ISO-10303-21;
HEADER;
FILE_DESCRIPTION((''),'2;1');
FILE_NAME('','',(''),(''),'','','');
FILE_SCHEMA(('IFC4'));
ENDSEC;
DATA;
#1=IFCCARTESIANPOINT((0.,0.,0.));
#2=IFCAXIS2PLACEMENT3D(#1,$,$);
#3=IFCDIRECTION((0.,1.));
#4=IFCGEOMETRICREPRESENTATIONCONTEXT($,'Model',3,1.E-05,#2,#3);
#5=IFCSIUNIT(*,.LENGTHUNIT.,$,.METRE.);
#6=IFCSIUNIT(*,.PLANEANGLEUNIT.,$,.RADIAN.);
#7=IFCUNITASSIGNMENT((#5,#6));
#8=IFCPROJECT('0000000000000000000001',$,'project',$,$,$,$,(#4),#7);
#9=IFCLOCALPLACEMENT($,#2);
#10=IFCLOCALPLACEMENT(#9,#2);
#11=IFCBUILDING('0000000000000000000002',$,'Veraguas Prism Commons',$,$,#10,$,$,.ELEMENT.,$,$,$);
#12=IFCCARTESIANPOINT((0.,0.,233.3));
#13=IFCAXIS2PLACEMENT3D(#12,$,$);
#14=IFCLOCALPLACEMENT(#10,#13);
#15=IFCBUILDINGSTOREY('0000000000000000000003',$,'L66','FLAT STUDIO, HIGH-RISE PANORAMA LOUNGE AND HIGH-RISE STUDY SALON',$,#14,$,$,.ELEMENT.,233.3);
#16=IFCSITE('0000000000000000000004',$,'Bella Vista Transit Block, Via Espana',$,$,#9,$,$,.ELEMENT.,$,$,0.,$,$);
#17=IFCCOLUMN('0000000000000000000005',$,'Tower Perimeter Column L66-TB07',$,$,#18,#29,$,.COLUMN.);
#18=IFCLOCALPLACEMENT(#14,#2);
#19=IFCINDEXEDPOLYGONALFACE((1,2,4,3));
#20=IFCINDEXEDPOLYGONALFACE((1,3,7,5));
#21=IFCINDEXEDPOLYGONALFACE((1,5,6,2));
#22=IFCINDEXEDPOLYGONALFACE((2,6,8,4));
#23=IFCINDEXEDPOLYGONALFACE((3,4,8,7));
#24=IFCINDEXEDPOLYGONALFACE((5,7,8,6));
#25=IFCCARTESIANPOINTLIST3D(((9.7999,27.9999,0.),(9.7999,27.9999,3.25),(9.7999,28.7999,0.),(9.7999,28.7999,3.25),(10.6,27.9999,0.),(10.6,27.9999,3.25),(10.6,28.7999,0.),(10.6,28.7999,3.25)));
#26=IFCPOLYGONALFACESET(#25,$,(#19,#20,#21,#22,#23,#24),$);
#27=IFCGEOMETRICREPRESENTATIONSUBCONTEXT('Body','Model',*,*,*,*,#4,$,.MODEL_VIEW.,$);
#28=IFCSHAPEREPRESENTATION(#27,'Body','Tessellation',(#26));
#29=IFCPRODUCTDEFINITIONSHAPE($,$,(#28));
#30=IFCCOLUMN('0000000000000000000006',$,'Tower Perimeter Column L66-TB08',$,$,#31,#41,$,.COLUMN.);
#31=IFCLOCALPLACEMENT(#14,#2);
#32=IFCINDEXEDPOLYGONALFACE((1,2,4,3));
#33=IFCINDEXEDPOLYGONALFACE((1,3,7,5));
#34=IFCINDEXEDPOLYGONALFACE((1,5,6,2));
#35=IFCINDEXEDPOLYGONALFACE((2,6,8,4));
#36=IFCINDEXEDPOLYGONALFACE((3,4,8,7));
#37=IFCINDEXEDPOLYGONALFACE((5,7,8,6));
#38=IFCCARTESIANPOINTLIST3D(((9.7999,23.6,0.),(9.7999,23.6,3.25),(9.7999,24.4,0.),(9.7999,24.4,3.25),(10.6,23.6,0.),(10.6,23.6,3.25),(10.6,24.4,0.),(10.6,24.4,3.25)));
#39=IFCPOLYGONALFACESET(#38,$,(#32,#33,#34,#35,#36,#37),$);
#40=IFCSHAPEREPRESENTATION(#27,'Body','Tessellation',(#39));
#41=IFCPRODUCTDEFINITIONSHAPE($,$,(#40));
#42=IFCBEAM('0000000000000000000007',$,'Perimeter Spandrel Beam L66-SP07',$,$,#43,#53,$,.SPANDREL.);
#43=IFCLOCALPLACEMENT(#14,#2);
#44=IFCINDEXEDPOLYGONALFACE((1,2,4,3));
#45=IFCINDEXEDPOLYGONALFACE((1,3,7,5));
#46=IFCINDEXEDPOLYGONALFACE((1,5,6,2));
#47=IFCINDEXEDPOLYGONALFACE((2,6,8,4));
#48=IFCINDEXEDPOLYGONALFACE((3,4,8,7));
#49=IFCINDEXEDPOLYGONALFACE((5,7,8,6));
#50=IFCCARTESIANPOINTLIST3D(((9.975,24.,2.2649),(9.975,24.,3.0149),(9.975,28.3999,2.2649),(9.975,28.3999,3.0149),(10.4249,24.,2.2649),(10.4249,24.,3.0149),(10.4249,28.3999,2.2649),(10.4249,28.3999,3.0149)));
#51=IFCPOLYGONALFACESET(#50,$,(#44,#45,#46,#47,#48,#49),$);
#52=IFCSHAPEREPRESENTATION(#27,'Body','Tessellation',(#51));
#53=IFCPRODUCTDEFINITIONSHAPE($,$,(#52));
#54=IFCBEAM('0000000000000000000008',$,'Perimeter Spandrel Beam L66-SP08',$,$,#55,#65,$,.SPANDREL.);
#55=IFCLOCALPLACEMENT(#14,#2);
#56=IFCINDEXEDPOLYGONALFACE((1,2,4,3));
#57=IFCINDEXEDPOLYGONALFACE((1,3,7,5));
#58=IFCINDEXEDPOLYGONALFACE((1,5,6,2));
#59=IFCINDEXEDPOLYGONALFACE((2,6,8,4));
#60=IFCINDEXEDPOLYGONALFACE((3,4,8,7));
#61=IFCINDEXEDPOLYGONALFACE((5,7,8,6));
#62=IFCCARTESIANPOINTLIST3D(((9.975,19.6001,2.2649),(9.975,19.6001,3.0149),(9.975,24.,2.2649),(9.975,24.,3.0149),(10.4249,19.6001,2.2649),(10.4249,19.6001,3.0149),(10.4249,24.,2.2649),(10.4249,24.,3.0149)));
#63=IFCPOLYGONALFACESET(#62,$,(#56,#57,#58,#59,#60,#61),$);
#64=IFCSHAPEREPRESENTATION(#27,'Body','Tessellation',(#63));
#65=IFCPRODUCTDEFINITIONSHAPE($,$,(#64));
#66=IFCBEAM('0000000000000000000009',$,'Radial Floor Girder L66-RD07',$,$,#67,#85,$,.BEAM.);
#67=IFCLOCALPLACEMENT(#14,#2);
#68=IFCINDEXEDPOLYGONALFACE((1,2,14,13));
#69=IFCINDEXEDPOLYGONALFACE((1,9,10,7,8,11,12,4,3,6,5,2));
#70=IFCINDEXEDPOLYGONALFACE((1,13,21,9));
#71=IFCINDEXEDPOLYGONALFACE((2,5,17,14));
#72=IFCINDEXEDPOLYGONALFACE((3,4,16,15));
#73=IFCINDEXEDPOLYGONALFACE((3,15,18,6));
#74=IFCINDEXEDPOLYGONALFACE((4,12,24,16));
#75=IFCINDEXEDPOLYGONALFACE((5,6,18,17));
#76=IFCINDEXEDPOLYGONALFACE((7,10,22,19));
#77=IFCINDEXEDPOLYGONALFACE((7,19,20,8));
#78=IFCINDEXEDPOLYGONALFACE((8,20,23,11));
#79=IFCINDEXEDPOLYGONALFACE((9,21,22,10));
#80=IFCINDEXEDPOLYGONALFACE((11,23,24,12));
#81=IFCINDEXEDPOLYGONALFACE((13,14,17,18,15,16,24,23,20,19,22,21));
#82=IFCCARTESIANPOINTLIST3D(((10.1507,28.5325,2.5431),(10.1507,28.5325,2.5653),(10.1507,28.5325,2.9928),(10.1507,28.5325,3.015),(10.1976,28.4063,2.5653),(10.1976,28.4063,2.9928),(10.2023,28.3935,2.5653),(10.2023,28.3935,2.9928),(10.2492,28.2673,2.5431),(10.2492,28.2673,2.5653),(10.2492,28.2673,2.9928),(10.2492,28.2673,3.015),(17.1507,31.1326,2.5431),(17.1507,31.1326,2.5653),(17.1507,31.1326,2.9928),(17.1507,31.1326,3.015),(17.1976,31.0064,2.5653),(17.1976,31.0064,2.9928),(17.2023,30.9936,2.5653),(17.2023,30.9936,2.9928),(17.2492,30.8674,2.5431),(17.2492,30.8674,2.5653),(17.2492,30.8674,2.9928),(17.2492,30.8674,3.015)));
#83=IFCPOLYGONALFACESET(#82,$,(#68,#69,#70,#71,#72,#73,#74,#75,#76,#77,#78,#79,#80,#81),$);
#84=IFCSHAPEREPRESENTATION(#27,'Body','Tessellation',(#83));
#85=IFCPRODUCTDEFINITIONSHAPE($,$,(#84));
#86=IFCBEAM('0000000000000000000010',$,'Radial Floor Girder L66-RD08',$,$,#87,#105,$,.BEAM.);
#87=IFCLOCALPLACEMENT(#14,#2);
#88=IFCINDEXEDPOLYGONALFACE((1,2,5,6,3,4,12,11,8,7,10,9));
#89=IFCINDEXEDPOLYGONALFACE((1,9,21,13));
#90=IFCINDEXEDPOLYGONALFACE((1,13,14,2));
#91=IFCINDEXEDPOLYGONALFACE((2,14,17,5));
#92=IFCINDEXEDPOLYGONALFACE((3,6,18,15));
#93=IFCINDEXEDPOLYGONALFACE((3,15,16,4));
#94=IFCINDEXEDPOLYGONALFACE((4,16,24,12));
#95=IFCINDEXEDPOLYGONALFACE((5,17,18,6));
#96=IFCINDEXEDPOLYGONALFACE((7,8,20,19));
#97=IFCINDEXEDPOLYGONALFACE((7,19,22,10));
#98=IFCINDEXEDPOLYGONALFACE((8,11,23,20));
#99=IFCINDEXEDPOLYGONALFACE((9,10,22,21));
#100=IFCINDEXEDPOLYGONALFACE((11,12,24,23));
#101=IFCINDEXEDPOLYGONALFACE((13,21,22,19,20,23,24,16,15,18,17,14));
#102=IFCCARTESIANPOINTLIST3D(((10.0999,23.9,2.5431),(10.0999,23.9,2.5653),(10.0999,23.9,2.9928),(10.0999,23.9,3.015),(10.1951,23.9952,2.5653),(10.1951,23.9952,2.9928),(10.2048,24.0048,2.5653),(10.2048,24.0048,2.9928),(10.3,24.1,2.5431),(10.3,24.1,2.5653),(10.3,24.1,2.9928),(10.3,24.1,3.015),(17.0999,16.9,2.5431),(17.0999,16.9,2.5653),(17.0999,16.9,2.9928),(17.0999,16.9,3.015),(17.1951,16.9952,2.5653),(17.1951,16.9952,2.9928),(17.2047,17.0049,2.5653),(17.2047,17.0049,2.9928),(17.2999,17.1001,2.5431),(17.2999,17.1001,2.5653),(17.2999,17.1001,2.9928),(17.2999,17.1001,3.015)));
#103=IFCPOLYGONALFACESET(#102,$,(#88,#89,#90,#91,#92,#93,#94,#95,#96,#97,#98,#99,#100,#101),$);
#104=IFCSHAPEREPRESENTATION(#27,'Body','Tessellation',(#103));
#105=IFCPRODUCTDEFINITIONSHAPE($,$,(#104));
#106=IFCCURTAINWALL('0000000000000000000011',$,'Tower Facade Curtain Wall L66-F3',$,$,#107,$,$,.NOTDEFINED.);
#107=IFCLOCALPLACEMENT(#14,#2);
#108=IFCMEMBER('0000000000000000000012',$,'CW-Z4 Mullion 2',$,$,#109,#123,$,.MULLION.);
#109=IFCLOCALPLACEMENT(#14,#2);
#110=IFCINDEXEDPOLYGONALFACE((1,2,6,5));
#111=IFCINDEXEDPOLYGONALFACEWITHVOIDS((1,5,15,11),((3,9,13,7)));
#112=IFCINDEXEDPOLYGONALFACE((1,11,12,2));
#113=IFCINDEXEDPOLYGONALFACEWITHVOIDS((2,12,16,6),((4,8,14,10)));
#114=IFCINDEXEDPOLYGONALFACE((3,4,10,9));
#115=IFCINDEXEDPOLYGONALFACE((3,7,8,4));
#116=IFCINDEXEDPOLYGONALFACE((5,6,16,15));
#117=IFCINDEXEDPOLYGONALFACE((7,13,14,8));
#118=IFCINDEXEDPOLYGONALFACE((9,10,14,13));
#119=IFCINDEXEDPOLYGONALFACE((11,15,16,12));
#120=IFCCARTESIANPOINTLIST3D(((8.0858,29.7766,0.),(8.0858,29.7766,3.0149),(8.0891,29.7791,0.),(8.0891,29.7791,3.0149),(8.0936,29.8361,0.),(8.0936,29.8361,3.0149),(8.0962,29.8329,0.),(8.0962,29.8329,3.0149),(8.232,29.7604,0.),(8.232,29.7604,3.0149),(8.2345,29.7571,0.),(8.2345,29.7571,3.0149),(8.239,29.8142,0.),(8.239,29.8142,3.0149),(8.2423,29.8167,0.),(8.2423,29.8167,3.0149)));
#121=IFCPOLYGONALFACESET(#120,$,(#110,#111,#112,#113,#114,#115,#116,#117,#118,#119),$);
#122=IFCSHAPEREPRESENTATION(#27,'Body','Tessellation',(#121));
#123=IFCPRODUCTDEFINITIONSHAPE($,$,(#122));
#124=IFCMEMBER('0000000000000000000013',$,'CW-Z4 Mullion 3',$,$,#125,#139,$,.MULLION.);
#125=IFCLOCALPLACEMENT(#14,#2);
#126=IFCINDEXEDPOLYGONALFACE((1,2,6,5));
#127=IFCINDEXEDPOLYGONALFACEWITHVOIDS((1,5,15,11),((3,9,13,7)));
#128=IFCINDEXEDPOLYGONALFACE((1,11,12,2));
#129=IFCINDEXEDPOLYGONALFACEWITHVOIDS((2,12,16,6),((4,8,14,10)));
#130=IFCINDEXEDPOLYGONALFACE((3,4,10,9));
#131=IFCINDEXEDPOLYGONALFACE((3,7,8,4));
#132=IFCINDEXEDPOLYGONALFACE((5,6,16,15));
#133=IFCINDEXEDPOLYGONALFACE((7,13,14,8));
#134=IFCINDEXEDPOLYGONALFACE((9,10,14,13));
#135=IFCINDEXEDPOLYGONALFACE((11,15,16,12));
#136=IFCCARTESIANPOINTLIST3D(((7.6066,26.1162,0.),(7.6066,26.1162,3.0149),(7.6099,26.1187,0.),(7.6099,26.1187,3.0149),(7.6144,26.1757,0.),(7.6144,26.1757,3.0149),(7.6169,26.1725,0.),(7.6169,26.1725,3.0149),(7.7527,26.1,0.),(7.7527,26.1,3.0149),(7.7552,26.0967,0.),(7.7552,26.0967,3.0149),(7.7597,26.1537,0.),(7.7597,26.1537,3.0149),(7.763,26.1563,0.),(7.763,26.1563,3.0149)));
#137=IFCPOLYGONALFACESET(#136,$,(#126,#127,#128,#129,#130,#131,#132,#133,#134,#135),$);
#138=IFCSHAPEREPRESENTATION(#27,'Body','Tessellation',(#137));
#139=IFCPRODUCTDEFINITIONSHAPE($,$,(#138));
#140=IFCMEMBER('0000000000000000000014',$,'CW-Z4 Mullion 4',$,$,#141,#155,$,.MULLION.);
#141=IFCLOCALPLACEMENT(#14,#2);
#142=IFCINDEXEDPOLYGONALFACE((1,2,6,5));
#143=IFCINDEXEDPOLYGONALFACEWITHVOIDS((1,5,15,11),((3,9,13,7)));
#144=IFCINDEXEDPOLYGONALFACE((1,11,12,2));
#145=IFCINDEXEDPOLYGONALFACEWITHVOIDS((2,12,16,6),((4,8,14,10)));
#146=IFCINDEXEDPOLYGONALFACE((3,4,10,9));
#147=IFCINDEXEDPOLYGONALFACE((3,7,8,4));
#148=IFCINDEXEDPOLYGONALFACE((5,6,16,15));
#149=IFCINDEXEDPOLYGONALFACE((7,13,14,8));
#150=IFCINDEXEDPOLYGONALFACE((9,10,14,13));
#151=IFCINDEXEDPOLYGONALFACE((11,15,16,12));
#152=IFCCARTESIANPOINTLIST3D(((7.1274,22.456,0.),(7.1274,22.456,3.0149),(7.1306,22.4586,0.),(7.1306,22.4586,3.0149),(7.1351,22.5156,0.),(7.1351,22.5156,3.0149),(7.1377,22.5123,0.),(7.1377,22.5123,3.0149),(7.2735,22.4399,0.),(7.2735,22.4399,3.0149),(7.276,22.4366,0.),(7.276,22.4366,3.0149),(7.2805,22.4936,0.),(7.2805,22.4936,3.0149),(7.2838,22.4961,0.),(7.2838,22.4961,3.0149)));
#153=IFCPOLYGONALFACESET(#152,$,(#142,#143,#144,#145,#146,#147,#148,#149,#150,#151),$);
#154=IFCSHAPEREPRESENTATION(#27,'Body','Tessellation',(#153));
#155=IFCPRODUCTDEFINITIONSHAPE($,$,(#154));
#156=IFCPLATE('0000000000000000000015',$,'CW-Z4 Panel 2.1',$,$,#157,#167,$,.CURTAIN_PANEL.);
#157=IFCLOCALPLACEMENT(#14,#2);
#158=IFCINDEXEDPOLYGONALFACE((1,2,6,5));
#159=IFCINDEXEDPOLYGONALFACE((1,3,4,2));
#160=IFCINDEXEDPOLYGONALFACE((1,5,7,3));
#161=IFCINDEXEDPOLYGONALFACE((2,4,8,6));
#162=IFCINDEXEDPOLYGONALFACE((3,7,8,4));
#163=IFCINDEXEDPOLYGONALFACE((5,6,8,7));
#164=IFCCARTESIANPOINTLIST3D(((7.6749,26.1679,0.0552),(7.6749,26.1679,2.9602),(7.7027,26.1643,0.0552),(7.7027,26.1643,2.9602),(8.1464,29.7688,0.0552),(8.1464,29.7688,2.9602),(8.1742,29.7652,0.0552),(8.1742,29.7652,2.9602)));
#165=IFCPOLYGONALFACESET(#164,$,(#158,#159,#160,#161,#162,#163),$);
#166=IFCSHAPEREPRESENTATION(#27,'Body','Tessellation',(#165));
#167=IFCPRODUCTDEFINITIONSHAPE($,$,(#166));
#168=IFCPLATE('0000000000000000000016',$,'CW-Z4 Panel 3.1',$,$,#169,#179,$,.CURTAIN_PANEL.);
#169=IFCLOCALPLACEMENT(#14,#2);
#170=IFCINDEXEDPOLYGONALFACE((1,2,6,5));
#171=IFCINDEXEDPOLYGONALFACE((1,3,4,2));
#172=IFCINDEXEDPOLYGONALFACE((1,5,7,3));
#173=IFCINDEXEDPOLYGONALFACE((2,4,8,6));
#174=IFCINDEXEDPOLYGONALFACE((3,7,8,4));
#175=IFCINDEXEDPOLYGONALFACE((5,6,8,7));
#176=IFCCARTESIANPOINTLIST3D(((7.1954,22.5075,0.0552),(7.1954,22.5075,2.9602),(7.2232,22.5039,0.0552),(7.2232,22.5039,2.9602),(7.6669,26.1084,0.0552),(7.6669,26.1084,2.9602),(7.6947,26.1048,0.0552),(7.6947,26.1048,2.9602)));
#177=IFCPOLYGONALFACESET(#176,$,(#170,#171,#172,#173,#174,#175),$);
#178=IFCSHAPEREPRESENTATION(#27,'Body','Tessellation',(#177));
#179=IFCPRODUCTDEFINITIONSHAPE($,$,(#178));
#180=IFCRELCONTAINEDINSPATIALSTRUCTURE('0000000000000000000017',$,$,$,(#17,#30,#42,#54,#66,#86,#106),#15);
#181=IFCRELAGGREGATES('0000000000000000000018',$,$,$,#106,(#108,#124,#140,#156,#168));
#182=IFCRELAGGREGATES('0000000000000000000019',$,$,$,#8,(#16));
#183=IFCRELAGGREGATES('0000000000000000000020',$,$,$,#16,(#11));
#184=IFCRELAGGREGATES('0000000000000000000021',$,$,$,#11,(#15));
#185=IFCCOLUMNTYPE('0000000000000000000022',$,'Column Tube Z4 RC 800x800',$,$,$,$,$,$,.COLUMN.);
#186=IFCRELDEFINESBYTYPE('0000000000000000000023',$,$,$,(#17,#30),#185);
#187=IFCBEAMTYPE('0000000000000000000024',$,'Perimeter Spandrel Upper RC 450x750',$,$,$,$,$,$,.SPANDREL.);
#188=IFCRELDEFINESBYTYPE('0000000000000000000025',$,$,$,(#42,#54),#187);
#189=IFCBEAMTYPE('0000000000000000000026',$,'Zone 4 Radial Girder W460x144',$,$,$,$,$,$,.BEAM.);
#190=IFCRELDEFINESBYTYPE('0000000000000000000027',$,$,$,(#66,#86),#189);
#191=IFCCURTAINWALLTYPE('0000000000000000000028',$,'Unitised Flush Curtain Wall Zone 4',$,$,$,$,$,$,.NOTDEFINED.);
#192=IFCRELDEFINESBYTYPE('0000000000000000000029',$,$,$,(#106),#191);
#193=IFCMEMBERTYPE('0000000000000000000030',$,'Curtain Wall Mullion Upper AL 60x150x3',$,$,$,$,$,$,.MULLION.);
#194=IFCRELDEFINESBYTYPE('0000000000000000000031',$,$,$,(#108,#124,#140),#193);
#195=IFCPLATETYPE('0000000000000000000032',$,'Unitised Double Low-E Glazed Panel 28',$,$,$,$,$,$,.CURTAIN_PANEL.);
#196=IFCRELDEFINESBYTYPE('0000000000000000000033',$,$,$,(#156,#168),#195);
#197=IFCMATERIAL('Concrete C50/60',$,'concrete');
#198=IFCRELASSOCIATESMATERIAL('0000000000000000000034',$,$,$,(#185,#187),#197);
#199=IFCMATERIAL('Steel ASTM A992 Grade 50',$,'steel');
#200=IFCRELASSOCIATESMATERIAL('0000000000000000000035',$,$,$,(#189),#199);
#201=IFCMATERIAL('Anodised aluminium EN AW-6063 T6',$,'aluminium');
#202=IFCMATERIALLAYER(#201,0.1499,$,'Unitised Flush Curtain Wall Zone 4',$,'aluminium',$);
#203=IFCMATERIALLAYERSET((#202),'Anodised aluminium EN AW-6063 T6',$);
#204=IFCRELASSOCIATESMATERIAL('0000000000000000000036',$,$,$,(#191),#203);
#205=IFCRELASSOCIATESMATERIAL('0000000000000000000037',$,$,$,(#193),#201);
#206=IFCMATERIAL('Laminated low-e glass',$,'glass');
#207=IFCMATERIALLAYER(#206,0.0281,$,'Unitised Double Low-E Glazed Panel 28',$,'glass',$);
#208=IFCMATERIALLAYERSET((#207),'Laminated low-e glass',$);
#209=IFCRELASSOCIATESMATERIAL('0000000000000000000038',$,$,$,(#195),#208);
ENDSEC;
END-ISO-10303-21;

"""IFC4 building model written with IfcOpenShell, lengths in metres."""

from ifc_helpers import new_model, si_unit, direction, frame, origin, origin_2d, place, context, subcontext, project, spatial, rectangle, hollow_rectangle, i_section, extrude, source, transform, mapped, material, layer, layer_set, material_profile, profile_set, type_object, element, aggregate, save


model = new_model("IFC4")

# Units and contexts
model_context = context("Model", 3, precision=1e-05, world=origin(), true_north=direction((0.0, 1.0)))
body_context = subcontext(model_context, "Body", "Model", "MODEL_VIEW")
ifc_project = project(units=[si_unit("LENGTHUNIT", "METRE"), si_unit("PLANEANGLEUNIT", "RADIAN")], contexts=[model_context])

# Site, building, storey
site_placement = place(None, origin())
site = spatial("IfcSite", under=ifc_project, at=site_placement, Name="Bella Vista Transit Block, Via Espana", CompositionType="ELEMENT", RefElevation=0.0)
building_placement = place(site_placement, origin())
building = spatial("IfcBuilding", under=site, at=building_placement, Name="Veraguas Prism Commons", CompositionType="ELEMENT")
storey_placement = place(building_placement, frame((0.0, 0.0, 233.3)))
storey = spatial("IfcBuildingStorey", under=building, at=storey_placement, Name="L66", Description="FLAT STUDIO, HIGH-RISE PANORAMA LOUNGE AND HIGH-RISE STUDY SALON", CompositionType="ELEMENT", Elevation=233.3)

# Columns
ifc_material_1 = material(Name="Concrete C50/60", Category="concrete")
ifc_material_profile_1 = material_profile(ifc_material_1, rectangle(XDim=0.8, YDim=0.8, at=origin_2d()), Name="RC800X800")
ifc_profile_set_1 = profile_set([ifc_material_profile_1], Name="Concrete C50/60")
column_type = type_object("IfcColumnType", Name="Column Tube Z4 RC 800x800", PredefinedType="COLUMN", material=ifc_profile_set_1)
for number, where, z_axis, x_axis, name in (
    (1, (10.2, 28.3999, 0.0), (0.0, 0.0, 1.0), (1.0, 0.0, 0.0), "Tower Perimeter Column L66-TB07"),
    (2, (10.2, 24.0, 0.0), (0.0, 0.0, 1.0), (1.0, 0.0, 0.0), "Tower Perimeter Column L66-TB08"),
):
    element("IfcColumn", number, at=place(storey_placement, frame(where, z_axis=z_axis, x_axis=x_axis)), inside=storey, type_object=column_type, Name=name, PredefinedType="COLUMN", context=body_context, shape_type="SweptSolid", body=[
        extrude(rectangle(XDim=0.8, YDim=0.8, at=origin_2d()), origin(), (0.0, 0.0, 1.0), 3.25),
    ])

# Beams
ifc_material_profile_2 = material_profile(ifc_material_1, rectangle(XDim=0.45, YDim=0.75, at=origin_2d()), Name="RC450X750")
ifc_profile_set_2 = profile_set([ifc_material_profile_2], Name="Concrete C50/60")
beam_type_1 = type_object("IfcBeamType", Name="Perimeter Spandrel Upper RC 450x750", PredefinedType="SPANDREL", material=ifc_profile_set_2)
for number, where, z_axis, x_axis, name in (
    (3, (10.2, 28.3999, 2.6399), (0.0, -1.0, 0.0), (1.0, 0.0, 0.0), "Perimeter Spandrel Beam L66-SP07"),
    (4, (10.2, 24.0, 2.6399), (0.0, -1.0, 0.0), (1.0, 0.0, 0.0), "Perimeter Spandrel Beam L66-SP08"),
):
    element("IfcBeam", number, at=place(storey_placement, frame(where, z_axis=z_axis, x_axis=x_axis)), inside=storey, type_object=beam_type_1, Name=name, PredefinedType="SPANDREL", context=body_context, shape_type="SweptSolid", body=[
        extrude(rectangle(XDim=0.45, YDim=0.75, at=origin_2d()), origin(), (0.0, 0.0, 1.0), 4.3999),
    ])
ifc_material_2 = material(Name="Steel ASTM A992 Grade 50", Category="steel")
ifc_material_profile_3 = material_profile(ifc_material_2, i_section(OverallWidth=0.283, OverallDepth=0.4719, WebThickness=0.0137, FlangeThickness=0.0222, at=origin_2d()), Name="W460X144")
ifc_profile_set_3 = profile_set([ifc_material_profile_3], Name="Steel ASTM A992 Grade 50")
beam_type_2 = type_object("IfcBeamType", Name="Zone 4 Radial Girder W460x144", PredefinedType="BEAM", material=ifc_profile_set_3)
beam_1_placement = place(storey_placement, frame((10.2, 28.3999, 2.7791), z_axis=(0.937421, 0.348198, 0.0), x_axis=(-0.348198, 0.937421, 0.0)))
element("IfcBeam", 5, at=beam_1_placement, inside=storey, type_object=beam_type_2, Name="Radial Floor Girder L66-RD07", PredefinedType="BEAM", context=body_context, shape_type="SweptSolid", body=[
    extrude(i_section(OverallWidth=0.283, OverallDepth=0.4719, WebThickness=0.0137, FlangeThickness=0.0222, at=origin_2d()), origin(), (0.0, 0.0, 1.0), 7.4673),
])
beam_2_placement = place(storey_placement, frame((10.2, 24.0, 2.7791), z_axis=(0.707107, -0.707107, 0.0), x_axis=(0.707107, 0.707107, 0.0)))
element("IfcBeam", 6, at=beam_2_placement, inside=storey, type_object=beam_type_2, Name="Radial Floor Girder L66-RD08", PredefinedType="BEAM", context=body_context, shape_type="SweptSolid", body=[
    extrude(i_section(OverallWidth=0.283, OverallDepth=0.4719, WebThickness=0.0137, FlangeThickness=0.0222, at=origin_2d()), origin(), (0.0, 0.0, 1.0), 9.8994),
])

# Curtain wall, members, plates
ifc_material_3 = material(Name="Anodised aluminium EN AW-6063 T6", Category="aluminium")
ifc_layer_1 = layer(ifc_material_3, 0.1499, Name="Unitised Flush Curtain Wall Zone 4", Category="aluminium")
ifc_layer_set_1 = layer_set([ifc_layer_1], Name="Anodised aluminium EN AW-6063 T6")
curtain_wall_type = type_object("IfcCurtainWallType", Name="Unitised Flush Curtain Wall Zone 4", PredefinedType="NOTDEFINED", material=ifc_layer_set_1)
curtain_wall_placement = place(storey_placement, origin())
curtain_wall = element("IfcCurtainWall", 7, at=curtain_wall_placement, inside=storey, type_object=curtain_wall_type, Name="Tower Facade Curtain Wall L66-F3", PredefinedType="NOTDEFINED")
ifc_material_profile_4 = material_profile(ifc_material_3, hollow_rectangle(XDim=0.0601, YDim=0.1499, WallThickness=0.0029, at=origin_2d()), Name="AL60X150X3")
ifc_profile_set_4 = profile_set([ifc_material_profile_4], Name="Anodised aluminium EN AW-6063 T6")
member_type = type_object("IfcMemberType", Name="Curtain Wall Mullion Upper AL 60x150x3", PredefinedType="MULLION", material=ifc_profile_set_4)
shared_shape_1 = source(origin(), body_context, "Body", "SweptSolid", [
    extrude(hollow_rectangle(XDim=0.0601, YDim=0.1499, WallThickness=0.0029, at=origin_2d()), origin(), (0.0, 0.0, 1.0), 3.0149),
])
member_1_placement = place(storey_placement, frame((8.1641, 29.7966, 0.0), z_axis=(0.0, 0.0, 1.0), x_axis=(-0.129836, -0.991536, 0.0)))
member_1 = element("IfcMember", 8, at=member_1_placement, type_object=member_type, Name="CW-Z4 Mullion 2", PredefinedType="MULLION", context=body_context, shape_type="MappedRepresentation", body=[
    mapped(shared_shape_1, transform((0.0, 0.0, 0.0), scale=1.0)),
])
member_2_placement = place(storey_placement, frame((7.6848, 26.1362, 0.0), z_axis=(0.0, 0.0, 1.0), x_axis=(-0.129836, -0.991536, 0.0)))
member_2 = element("IfcMember", 9, at=member_2_placement, type_object=member_type, Name="CW-Z4 Mullion 3", PredefinedType="MULLION", context=body_context, shape_type="MappedRepresentation", body=[
    mapped(shared_shape_1, transform((0.0, 0.0, 0.0), scale=1.0)),
])
member_3_placement = place(storey_placement, frame((7.2056, 22.4761, 0.0), z_axis=(0.0, 0.0, 1.0), x_axis=(-0.129836, -0.991536, 0.0)))
member_3 = element("IfcMember", 10, at=member_3_placement, type_object=member_type, Name="CW-Z4 Mullion 4", PredefinedType="MULLION", context=body_context, shape_type="MappedRepresentation", body=[
    mapped(shared_shape_1, transform((0.0, 0.0, 0.0), scale=1.0)),
])
ifc_material_4 = material(Name="Laminated low-e glass", Category="glass")
ifc_layer_2 = layer(ifc_material_4, 0.0281, Name="Unitised Double Low-E Glazed Panel 28", Category="glass")
ifc_layer_set_2 = layer_set([ifc_layer_2], Name="Laminated low-e glass")
plate_type = type_object("IfcPlateType", Name="Unitised Double Low-E Glazed Panel 28", PredefinedType="CURTAIN_PANEL", material=ifc_layer_set_2)
shared_shape_2 = source(origin(), body_context, "Body", "SweptSolid", [
    extrude(rectangle(XDim=3.6316, YDim=0.0281, at=origin_2d()), origin(), (0.0, 0.0, 1.0), 2.905),
])
plate_1_placement = place(storey_placement, frame((7.9246, 27.9666, 0.0552), z_axis=(0.0, 0.0, 1.0), x_axis=(-0.129836, -0.991536, 0.0)))
plate_1 = element("IfcPlate", 11, at=plate_1_placement, type_object=plate_type, Name="CW-Z4 Panel 2.1", PredefinedType="CURTAIN_PANEL", context=body_context, shape_type="MappedRepresentation", body=[
    mapped(shared_shape_2, transform((0.0, 0.0, 0.0), scale=1.0)),
])
plate_2_placement = place(storey_placement, frame((7.4451, 24.3062, 0.0552), z_axis=(0.0, 0.0, 1.0), x_axis=(-0.129836, -0.991536, 0.0)))
plate_2 = element("IfcPlate", 12, at=plate_2_placement, type_object=plate_type, Name="CW-Z4 Panel 3.1", PredefinedType="CURTAIN_PANEL", context=body_context, shape_type="MappedRepresentation", body=[
    mapped(shared_shape_2, transform((0.0, 0.0, 0.0), scale=1.0)),
])
aggregate(curtain_wall, [member_1, member_2, member_3, plate_1, plate_2])

save(model, "model.ifc")
